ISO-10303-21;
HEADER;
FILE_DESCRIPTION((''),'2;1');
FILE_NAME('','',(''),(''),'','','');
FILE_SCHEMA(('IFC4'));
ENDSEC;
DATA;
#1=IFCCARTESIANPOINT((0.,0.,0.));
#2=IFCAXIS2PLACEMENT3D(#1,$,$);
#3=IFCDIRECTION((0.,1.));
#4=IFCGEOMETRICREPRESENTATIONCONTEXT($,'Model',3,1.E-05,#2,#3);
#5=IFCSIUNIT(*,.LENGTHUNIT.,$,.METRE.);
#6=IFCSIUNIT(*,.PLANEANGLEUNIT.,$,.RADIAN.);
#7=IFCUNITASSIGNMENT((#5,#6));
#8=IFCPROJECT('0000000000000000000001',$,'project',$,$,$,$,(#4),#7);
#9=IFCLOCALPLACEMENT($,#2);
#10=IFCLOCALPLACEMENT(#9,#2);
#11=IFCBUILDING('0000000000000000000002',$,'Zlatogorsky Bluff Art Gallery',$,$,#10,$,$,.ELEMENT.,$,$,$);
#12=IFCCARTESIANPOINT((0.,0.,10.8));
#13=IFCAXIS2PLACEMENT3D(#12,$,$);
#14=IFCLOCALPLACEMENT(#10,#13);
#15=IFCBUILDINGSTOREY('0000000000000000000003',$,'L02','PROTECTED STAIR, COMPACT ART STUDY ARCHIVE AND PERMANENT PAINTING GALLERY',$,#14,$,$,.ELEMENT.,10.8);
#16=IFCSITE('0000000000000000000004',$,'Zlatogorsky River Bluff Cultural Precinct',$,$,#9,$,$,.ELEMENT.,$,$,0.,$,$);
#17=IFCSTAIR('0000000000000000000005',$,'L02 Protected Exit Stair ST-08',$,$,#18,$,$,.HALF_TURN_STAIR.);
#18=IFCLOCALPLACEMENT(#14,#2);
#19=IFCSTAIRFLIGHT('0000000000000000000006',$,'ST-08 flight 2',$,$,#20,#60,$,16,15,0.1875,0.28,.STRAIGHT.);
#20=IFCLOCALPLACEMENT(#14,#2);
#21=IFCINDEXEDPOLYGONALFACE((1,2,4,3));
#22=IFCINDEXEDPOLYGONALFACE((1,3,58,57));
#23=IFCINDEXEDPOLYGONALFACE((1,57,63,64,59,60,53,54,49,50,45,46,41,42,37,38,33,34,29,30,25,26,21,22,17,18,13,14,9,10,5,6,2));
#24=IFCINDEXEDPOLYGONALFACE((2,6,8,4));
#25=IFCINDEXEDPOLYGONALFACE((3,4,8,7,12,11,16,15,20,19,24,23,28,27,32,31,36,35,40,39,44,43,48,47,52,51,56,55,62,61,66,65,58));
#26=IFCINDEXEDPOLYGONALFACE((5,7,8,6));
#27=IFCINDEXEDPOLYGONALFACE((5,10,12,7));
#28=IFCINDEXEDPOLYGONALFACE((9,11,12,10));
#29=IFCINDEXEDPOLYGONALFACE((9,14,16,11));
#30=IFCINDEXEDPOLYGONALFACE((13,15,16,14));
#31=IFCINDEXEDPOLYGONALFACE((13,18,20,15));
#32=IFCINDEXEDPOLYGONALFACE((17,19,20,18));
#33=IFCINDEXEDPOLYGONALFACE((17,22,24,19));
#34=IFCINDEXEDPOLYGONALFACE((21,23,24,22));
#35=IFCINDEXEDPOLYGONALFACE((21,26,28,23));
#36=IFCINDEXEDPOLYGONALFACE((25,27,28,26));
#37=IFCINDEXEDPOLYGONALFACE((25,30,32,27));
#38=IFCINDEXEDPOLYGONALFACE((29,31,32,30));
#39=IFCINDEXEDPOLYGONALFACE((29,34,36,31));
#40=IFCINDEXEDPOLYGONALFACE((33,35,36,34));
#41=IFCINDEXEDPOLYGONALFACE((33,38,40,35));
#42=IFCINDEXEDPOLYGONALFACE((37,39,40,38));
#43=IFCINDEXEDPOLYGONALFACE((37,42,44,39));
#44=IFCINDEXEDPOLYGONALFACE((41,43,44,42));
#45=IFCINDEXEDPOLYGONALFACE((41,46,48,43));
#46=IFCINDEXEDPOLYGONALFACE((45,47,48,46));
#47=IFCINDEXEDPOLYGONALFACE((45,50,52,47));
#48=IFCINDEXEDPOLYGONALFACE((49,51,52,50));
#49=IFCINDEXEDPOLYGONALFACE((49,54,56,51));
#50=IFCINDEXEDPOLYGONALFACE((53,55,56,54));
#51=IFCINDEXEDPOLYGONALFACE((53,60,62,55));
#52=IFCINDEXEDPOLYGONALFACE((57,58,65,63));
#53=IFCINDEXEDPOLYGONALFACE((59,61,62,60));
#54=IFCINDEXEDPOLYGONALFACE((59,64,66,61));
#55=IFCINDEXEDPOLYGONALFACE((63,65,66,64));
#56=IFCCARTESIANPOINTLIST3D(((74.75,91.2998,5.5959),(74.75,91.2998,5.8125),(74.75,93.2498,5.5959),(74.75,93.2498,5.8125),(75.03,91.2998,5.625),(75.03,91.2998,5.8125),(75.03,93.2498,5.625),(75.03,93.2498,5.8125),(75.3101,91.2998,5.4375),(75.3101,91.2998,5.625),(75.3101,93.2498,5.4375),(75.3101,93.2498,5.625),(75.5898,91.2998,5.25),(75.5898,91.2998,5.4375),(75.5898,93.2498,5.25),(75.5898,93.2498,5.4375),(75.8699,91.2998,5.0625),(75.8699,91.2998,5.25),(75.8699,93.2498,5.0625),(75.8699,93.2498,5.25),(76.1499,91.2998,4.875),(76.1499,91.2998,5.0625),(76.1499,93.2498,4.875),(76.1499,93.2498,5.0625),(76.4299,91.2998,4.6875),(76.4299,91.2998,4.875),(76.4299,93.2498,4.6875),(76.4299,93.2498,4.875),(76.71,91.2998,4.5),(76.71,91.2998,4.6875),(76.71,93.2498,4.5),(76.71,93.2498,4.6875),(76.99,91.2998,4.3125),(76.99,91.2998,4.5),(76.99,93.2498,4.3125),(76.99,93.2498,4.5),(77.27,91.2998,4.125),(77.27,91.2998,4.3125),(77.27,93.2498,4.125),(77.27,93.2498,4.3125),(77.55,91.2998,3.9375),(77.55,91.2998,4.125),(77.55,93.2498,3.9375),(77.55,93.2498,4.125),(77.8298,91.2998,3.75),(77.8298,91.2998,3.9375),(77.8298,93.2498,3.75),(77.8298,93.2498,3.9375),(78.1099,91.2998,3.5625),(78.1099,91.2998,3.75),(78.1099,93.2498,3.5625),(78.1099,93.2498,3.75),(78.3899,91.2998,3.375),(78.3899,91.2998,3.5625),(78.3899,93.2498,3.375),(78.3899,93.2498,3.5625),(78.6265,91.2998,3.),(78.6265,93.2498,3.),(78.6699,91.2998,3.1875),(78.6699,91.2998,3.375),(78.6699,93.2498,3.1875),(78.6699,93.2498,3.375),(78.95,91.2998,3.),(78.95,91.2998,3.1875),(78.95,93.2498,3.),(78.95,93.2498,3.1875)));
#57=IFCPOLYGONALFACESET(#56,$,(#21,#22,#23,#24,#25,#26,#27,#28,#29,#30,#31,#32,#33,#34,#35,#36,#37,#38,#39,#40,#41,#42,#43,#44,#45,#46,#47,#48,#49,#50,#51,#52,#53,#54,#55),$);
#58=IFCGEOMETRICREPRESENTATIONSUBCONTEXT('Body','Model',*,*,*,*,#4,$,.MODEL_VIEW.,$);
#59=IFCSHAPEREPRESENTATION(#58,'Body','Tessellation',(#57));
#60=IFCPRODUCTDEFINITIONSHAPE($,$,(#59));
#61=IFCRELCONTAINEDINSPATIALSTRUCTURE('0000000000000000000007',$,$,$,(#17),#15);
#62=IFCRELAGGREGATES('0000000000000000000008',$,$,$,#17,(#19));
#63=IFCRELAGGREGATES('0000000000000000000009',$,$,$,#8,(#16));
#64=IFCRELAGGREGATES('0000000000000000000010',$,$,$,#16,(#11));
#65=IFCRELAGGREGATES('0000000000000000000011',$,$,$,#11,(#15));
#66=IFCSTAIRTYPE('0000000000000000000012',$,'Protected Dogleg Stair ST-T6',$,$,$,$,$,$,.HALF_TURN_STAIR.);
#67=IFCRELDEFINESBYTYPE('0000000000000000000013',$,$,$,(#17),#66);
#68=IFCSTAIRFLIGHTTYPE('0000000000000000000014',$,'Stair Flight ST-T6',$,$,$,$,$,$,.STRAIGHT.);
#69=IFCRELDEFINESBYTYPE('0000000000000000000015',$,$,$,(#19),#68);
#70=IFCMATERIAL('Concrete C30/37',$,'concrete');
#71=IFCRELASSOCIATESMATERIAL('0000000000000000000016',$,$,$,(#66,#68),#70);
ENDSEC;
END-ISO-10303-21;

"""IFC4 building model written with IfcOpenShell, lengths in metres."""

from ifc_helpers import new_model, si_unit, direction, frame, origin, place, context, subcontext, project, spatial, polyline, outline, extrude, material, type_object, element, aggregate, save


model = new_model("IFC4")

# Units and contexts
model_context = context("Model", 3, precision=1e-05, world=origin(), true_north=direction((0.0, 1.0)))
body_context = subcontext(model_context, "Body", "Model", "MODEL_VIEW")
ifc_project = project(units=[si_unit("LENGTHUNIT", "METRE"), si_unit("PLANEANGLEUNIT", "RADIAN")], contexts=[model_context])

# Site, building, storey
site_placement = place(None, origin())
site = spatial("IfcSite", under=ifc_project, at=site_placement, Name="Zlatogorsky River Bluff Cultural Precinct", CompositionType="ELEMENT", RefElevation=0.0)
building_placement = place(site_placement, origin())
building = spatial("IfcBuilding", under=site, at=building_placement, Name="Zlatogorsky Bluff Art Gallery", CompositionType="ELEMENT")
storey_placement = place(building_placement, frame((0.0, 0.0, 10.8)))
storey = spatial("IfcBuildingStorey", under=building, at=storey_placement, Name="L02", Description="PROTECTED STAIR, COMPACT ART STUDY ARCHIVE AND PERMANENT PAINTING GALLERY", CompositionType="ELEMENT", Elevation=10.8)

# Stair, stair flight
ifc_material_1 = material(Name="Concrete C30/37", Category="concrete")
stair_type = type_object("IfcStairType", Name="Protected Dogleg Stair ST-T6", PredefinedType="HALF_TURN_STAIR", material=ifc_material_1)
stair_placement = place(storey_placement, origin())
stair = element("IfcStair", 1, at=stair_placement, inside=storey, type_object=stair_type, Name="L02 Protected Exit Stair ST-08", PredefinedType="HALF_TURN_STAIR")
stair_flight_type = type_object("IfcStairFlightType", Name="Stair Flight ST-T6", PredefinedType="STRAIGHT", material=ifc_material_1)
stair_flight_placement = place(storey_placement, frame((78.95, 92.2749, 3.0), z_axis=(0.0, 0.0, 1.0), x_axis=(-1.0, 0.0, 0.0)))
stair_flight = element("IfcStairFlight", 2, at=stair_flight_placement, type_object=stair_flight_type, Name="ST-08 flight 2", NumberOfRisers=16, NumberOfTreads=15, PredefinedType="STRAIGHT", RiserHeight=0.1875, TreadLength=0.28, context=body_context, shape_type="SweptSolid", body=[
    extrude(outline(polyline([(0.0, 0.0), (0.0, 0.1875), (0.28, 0.1875), (0.28, 0.375), (0.5601, 0.375), (0.5601, 0.5625), (0.8401, 0.5625), (0.8401, 0.75), (1.1201, 0.75), (1.1201, 0.9375), (1.3999, 0.9375), (1.3999, 1.125), (1.6799, 1.125), (1.6799, 1.3125), (1.96, 1.3125), (1.96, 1.5), (2.24, 1.5), (2.24, 1.6875), (2.52, 1.6875), (2.52, 1.875), (2.8, 1.875), (2.8, 2.0625), (3.0801, 2.0625), (3.0801, 2.25), (3.3601, 2.25), (3.3601, 2.4375), (3.6399, 2.4375), (3.6399, 2.625), (3.9199, 2.625), (3.9199, 2.8125), (4.2, 2.8125), (4.2, 3.0), (4.2, 2.5959), (0.3235, 0.0), (0.0, 0.0)])), frame((0.0, 0.9751, 0.0), z_axis=(0.0, -1.0, 0.0), x_axis=(1.0, 0.0, 0.0)), (0.0, 0.0, 1.0), 1.95),
])
aggregate(stair, [stair_flight])

save(model, "model.ifc")
